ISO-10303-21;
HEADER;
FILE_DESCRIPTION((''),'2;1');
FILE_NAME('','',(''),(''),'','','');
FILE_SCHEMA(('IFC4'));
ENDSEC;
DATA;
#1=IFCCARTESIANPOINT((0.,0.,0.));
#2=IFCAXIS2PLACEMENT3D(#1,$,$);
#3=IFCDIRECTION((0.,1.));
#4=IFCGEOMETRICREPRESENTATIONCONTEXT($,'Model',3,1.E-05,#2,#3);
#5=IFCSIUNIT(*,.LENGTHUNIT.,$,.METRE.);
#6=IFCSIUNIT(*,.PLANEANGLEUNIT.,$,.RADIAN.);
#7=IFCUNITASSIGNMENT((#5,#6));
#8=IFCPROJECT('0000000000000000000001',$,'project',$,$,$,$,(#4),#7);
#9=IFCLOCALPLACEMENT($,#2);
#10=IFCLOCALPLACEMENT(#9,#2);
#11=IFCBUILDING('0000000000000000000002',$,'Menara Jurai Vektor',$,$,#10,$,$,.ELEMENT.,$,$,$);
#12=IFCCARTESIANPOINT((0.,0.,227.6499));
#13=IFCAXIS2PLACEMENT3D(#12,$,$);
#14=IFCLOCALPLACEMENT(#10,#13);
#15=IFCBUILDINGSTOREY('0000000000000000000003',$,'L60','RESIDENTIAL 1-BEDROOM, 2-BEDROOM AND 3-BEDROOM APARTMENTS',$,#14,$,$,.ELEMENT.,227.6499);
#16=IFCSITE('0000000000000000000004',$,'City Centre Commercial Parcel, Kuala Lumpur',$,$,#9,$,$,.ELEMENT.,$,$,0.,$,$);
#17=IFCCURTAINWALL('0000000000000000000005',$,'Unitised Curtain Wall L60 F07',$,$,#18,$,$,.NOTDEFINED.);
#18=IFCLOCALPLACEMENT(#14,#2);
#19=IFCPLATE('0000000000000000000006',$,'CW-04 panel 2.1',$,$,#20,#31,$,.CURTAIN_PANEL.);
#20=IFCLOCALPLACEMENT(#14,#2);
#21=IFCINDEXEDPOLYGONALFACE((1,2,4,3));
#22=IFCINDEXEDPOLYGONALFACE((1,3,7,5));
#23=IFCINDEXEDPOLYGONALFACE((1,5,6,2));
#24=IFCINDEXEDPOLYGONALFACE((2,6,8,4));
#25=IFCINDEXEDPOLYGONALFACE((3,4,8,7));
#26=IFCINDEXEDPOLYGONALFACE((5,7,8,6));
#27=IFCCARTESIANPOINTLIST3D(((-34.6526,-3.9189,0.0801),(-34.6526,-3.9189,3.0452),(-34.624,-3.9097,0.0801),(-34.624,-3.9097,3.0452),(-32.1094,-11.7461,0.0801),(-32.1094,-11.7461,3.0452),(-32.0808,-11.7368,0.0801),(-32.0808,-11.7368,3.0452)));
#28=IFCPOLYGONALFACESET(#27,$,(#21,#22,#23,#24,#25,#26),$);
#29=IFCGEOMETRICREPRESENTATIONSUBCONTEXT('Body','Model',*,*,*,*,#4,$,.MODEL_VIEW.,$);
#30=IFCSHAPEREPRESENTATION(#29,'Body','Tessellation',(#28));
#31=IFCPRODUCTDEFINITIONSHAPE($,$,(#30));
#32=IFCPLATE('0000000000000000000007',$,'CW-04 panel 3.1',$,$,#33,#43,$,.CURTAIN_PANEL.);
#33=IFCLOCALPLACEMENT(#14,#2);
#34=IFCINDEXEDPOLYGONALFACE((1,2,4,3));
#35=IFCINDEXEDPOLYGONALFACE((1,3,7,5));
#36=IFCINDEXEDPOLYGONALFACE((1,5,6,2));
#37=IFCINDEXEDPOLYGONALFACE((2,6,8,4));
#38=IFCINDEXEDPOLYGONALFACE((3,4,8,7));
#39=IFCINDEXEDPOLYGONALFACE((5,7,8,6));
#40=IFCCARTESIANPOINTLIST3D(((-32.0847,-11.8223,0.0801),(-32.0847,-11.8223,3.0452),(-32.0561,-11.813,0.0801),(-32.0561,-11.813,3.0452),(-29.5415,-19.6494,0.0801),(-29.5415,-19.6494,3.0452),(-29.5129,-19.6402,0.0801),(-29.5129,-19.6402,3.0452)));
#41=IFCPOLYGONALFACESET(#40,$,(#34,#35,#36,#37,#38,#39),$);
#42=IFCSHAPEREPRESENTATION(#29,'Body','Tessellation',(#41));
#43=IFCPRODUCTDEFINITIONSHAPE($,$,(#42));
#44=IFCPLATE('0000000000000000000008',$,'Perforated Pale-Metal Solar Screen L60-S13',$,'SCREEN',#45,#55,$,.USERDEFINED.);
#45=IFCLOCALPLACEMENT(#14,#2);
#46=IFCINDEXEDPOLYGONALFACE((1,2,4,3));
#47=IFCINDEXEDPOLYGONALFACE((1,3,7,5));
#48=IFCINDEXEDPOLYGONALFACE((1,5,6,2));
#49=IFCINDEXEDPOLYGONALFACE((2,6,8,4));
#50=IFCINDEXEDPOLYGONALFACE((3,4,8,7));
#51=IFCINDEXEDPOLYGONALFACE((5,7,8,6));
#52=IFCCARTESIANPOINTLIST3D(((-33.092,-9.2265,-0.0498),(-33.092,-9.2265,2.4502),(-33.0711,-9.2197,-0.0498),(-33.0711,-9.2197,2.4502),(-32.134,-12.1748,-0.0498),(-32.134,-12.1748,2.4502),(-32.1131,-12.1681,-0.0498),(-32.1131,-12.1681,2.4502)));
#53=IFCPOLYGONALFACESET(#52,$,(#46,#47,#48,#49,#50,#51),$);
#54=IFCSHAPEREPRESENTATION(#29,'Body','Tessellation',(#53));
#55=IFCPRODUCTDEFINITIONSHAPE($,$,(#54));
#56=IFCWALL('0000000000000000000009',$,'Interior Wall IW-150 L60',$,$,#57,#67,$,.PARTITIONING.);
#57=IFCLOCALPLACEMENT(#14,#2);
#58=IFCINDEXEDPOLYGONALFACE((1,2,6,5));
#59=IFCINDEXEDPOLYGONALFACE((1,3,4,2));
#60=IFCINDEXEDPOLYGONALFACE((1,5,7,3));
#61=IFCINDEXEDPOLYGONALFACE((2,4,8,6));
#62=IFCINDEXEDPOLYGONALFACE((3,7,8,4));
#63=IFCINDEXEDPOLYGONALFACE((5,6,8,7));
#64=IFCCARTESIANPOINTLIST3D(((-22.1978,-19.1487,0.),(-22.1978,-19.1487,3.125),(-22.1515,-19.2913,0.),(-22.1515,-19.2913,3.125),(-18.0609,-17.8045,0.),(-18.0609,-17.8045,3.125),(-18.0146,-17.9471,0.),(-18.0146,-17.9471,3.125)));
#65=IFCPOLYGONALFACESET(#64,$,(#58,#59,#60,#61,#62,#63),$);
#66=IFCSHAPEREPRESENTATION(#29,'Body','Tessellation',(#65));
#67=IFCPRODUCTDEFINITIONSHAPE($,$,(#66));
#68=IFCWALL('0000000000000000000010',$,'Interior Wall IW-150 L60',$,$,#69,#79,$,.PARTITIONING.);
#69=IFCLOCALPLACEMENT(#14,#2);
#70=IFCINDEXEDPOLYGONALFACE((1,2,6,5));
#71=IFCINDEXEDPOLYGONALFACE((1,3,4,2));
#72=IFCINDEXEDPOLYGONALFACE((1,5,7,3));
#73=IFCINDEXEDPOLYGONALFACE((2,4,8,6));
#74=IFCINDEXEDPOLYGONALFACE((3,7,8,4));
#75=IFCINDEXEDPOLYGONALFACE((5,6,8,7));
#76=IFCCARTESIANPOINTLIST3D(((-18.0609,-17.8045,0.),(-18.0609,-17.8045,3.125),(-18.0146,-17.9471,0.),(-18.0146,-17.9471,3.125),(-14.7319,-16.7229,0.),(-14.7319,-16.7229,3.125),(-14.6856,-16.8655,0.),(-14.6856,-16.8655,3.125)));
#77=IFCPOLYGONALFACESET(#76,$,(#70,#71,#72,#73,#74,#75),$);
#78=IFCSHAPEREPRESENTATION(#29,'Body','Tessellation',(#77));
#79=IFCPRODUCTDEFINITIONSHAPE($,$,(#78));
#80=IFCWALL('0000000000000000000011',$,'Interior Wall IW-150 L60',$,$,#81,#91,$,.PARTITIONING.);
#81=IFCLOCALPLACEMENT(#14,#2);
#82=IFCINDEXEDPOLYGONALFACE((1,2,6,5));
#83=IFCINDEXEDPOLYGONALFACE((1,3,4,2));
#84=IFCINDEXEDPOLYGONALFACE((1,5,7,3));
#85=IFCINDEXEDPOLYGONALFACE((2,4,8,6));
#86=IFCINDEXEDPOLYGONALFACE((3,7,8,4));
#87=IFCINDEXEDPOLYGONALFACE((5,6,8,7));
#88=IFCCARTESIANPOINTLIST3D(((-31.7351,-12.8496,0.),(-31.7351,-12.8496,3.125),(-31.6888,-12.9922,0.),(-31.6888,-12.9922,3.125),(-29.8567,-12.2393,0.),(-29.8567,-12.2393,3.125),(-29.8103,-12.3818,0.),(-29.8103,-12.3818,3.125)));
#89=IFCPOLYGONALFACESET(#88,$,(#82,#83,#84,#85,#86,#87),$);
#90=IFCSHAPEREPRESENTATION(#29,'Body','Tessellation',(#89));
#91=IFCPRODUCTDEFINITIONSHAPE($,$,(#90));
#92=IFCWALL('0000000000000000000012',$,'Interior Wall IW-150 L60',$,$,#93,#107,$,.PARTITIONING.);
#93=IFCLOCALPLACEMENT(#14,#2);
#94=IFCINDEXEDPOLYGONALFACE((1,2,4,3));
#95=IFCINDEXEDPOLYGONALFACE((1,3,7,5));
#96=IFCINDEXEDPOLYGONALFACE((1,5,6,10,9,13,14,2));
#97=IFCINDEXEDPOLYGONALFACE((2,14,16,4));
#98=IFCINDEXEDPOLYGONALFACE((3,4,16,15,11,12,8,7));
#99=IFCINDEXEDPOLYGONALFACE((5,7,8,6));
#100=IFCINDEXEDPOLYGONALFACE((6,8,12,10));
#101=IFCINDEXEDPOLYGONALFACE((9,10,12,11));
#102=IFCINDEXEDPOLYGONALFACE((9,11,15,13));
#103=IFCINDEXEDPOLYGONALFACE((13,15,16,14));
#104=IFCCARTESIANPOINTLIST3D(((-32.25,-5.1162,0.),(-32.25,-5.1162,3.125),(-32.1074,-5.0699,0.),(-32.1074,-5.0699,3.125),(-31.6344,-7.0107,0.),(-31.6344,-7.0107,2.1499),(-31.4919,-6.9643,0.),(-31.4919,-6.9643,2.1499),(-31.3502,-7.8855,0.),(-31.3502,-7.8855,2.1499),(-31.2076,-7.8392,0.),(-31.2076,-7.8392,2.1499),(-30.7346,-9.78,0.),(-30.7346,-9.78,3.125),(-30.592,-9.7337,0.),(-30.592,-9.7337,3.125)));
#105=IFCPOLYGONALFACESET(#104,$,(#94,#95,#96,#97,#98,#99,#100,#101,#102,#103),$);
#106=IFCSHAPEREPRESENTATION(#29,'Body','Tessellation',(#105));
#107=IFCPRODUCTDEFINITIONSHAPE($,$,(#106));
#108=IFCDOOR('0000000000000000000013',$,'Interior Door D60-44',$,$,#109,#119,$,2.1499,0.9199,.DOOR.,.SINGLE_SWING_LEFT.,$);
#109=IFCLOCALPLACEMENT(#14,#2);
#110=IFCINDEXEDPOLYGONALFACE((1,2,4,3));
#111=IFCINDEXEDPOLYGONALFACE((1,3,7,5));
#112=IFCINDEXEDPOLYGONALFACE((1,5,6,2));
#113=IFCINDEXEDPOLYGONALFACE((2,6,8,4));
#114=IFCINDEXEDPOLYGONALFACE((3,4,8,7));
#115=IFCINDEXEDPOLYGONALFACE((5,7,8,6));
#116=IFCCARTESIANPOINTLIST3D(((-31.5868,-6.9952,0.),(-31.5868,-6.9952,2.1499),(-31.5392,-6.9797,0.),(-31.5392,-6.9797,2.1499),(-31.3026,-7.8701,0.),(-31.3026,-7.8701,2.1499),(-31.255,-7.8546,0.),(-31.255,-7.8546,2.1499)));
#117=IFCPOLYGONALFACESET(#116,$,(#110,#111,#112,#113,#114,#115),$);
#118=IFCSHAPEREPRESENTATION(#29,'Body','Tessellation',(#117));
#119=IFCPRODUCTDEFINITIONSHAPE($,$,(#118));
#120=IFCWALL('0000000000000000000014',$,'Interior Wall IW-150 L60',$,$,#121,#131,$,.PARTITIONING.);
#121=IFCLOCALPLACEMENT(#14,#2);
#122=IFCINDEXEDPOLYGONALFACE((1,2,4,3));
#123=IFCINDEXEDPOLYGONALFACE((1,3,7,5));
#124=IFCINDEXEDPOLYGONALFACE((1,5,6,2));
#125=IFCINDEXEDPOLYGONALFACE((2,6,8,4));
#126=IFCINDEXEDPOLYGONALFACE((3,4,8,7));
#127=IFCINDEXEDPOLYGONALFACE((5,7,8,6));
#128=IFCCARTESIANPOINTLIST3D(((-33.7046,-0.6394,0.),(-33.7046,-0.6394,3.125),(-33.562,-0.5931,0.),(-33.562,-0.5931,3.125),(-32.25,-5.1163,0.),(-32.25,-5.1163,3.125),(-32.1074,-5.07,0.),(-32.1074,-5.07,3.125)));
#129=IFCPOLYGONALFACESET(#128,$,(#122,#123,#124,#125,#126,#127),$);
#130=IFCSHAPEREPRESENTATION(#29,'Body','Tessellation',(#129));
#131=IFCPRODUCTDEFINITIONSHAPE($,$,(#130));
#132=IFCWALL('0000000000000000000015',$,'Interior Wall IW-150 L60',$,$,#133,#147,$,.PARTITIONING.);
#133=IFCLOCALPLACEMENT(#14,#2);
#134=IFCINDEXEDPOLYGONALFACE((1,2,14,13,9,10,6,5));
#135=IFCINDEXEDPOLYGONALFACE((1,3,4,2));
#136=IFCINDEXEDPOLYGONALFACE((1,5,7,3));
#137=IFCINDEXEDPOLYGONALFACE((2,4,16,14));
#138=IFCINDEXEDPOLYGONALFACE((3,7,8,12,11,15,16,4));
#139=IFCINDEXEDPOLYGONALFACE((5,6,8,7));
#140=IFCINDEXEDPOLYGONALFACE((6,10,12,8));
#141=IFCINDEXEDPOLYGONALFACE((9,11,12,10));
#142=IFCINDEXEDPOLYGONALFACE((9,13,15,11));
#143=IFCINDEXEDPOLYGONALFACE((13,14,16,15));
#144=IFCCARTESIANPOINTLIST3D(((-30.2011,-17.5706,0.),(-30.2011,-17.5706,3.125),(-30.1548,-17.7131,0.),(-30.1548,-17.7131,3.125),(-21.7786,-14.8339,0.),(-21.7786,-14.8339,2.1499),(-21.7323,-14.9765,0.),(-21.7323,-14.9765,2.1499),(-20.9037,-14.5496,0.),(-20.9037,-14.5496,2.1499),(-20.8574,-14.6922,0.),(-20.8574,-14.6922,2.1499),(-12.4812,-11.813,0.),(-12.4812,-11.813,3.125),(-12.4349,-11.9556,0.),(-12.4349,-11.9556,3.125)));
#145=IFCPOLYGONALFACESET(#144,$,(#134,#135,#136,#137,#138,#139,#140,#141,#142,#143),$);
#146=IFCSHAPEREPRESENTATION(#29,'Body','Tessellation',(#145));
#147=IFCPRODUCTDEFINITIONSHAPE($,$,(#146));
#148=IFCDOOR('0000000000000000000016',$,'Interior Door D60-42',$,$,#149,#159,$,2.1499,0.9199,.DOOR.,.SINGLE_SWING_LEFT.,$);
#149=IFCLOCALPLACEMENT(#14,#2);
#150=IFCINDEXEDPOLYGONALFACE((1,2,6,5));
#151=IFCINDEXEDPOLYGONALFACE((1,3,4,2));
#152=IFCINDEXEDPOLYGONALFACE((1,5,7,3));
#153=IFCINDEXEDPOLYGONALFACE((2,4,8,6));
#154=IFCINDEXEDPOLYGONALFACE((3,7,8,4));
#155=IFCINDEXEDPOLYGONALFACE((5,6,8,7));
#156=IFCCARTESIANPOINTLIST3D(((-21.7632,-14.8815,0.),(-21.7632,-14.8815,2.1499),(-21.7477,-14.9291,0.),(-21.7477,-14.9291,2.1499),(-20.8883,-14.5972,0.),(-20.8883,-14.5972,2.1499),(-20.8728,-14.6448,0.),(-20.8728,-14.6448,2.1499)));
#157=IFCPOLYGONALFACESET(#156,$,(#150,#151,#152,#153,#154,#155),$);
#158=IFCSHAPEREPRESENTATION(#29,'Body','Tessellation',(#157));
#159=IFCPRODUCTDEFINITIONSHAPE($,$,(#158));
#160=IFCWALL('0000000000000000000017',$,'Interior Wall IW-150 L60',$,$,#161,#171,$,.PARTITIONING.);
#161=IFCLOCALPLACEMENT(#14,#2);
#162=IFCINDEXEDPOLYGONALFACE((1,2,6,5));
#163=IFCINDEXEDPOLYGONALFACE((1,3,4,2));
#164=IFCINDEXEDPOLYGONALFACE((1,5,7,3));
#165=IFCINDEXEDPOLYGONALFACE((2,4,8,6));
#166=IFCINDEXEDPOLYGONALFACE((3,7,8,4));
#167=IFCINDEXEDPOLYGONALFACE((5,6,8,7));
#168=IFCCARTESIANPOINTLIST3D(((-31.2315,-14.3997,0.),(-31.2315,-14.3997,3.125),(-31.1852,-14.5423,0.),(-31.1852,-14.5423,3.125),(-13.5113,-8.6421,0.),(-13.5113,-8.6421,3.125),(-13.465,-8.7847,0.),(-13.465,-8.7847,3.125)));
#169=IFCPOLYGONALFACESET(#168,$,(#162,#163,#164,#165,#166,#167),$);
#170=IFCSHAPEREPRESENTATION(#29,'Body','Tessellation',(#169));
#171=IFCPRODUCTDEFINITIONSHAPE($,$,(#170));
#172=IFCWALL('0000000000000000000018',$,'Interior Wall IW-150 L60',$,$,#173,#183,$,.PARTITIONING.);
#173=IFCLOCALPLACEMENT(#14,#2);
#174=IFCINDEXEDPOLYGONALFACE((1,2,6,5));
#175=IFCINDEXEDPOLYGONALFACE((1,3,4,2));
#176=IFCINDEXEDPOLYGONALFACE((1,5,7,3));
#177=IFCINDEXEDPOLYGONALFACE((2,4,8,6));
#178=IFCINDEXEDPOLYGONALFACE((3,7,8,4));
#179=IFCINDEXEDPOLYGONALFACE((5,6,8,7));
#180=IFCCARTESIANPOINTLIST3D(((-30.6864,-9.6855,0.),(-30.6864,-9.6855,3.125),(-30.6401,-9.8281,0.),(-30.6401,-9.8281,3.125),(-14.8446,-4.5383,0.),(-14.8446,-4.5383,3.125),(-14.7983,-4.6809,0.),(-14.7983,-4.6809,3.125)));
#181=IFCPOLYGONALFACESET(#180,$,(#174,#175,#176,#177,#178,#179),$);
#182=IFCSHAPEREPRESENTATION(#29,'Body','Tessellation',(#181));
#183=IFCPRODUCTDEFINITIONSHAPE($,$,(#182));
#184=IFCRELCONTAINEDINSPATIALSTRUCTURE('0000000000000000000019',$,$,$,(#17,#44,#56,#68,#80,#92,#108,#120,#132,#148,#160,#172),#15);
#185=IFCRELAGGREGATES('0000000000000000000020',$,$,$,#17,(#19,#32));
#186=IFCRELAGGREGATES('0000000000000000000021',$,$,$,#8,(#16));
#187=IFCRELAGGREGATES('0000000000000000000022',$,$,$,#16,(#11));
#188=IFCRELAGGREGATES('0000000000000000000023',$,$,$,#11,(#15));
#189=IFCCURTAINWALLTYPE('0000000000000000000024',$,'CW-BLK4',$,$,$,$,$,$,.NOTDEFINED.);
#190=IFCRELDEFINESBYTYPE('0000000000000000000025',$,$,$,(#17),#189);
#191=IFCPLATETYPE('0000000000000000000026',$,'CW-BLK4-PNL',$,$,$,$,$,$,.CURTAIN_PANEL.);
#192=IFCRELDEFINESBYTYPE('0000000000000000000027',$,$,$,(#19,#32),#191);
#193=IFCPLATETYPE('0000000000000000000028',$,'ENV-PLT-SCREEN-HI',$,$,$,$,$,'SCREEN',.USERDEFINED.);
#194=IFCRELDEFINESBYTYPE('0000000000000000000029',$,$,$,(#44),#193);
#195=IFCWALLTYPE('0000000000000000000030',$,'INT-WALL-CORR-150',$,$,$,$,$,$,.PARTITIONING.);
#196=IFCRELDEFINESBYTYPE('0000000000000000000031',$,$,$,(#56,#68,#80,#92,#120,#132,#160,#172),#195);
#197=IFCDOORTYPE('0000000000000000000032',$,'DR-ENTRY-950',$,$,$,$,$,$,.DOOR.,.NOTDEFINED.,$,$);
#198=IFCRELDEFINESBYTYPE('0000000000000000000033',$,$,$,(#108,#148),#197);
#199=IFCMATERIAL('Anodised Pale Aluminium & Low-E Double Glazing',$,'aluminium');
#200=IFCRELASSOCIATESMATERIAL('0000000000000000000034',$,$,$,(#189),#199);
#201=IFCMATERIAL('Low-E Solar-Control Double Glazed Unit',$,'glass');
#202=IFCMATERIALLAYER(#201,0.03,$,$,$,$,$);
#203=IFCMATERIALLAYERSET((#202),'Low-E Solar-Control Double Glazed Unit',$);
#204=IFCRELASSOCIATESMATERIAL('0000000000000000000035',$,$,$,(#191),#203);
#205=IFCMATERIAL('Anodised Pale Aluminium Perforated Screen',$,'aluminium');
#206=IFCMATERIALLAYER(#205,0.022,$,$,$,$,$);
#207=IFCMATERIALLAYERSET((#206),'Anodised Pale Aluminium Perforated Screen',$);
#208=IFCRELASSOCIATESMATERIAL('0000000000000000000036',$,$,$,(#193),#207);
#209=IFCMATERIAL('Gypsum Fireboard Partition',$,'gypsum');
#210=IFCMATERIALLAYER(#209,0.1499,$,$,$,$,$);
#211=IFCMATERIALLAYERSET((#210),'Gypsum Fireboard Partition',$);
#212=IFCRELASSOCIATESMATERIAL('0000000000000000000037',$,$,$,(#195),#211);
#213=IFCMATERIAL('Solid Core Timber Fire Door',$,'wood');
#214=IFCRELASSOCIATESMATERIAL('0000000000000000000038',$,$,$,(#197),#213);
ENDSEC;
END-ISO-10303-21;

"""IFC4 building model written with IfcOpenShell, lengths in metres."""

from ifc_helpers import new_model, si_unit, direction, frame, frame_2d, origin, origin_2d, place, context, subcontext, project, spatial, rectangle, extrude, material, layer, layer_set, type_object, element, fill, aggregate, save


model = new_model("IFC4")

# Units and contexts
model_context = context("Model", 3, precision=1e-05, world=origin(), true_north=direction((0.0, 1.0)))
body_context = subcontext(model_context, "Body", "Model", "MODEL_VIEW")
ifc_project = project(units=[si_unit("LENGTHUNIT", "METRE"), si_unit("PLANEANGLEUNIT", "RADIAN")], contexts=[model_context])

# Site, building, storey
site_placement = place(None, origin())
site = spatial("IfcSite", under=ifc_project, at=site_placement, Name="City Centre Commercial Parcel, Kuala Lumpur", CompositionType="ELEMENT", RefElevation=0.0)
building_placement = place(site_placement, origin())
building = spatial("IfcBuilding", under=site, at=building_placement, Name="Menara Jurai Vektor", CompositionType="ELEMENT")
storey_placement = place(building_placement, frame((0.0, 0.0, 227.6499)))
storey = spatial("IfcBuildingStorey", under=building, at=storey_placement, Name="L60", Description="RESIDENTIAL 1-BEDROOM, 2-BEDROOM AND 3-BEDROOM APARTMENTS", CompositionType="ELEMENT", Elevation=227.6499)

# Curtain wall
ifc_material_1 = material(Name="Anodised Pale Aluminium & Low-E Double Glazing", Category="aluminium")
curtain_wall_type = type_object("IfcCurtainWallType", Name="CW-BLK4", PredefinedType="NOTDEFINED", material=ifc_material_1)
curtain_wall_placement = place(storey_placement, origin())
curtain_wall = element("IfcCurtainWall", 1, at=curtain_wall_placement, inside=storey, type_object=curtain_wall_type, Name="Unitised Curtain Wall L60 F07", PredefinedType="NOTDEFINED")

# Plates
ifc_material_2 = material(Name="Low-E Solar-Control Double Glazed Unit", Category="glass")
ifc_layer_1 = layer(ifc_material_2, 0.03)
ifc_layer_set_1 = layer_set([ifc_layer_1], Name="Low-E Solar-Control Double Glazed Unit")
plate_type_1 = type_object("IfcPlateType", Name="CW-BLK4-PNL", PredefinedType="CURTAIN_PANEL", material=ifc_layer_set_1)
plate_1_placement = place(storey_placement, frame((-33.3667, -7.8279, 0.0801), z_axis=(0.0, 0.0, 1.0), x_axis=(0.309016, -0.951057, 0.0)))
plate_1 = element("IfcPlate", 2, at=plate_1_placement, type_object=plate_type_1, Name="CW-04 panel 2.1", PredefinedType="CURTAIN_PANEL", context=body_context, shape_type="SweptSolid", body=[
    extrude(rectangle(XDim=8.23, YDim=0.03, at=origin_2d()), origin(), (0.0, 0.0, 1.0), 2.9651),
])
plate_2_placement = place(storey_placement, frame((-30.7988, -15.7312, 0.0801), z_axis=(0.0, 0.0, 1.0), x_axis=(0.309016, -0.951057, 0.0)))
plate_2 = element("IfcPlate", 3, at=plate_2_placement, type_object=plate_type_1, Name="CW-04 panel 3.1", PredefinedType="CURTAIN_PANEL", context=body_context, shape_type="SweptSolid", body=[
    extrude(rectangle(XDim=8.23, YDim=0.03, at=origin_2d()), origin(), (0.0, 0.0, 1.0), 2.9651),
])
aggregate(curtain_wall, [plate_1, plate_2])
ifc_material_3 = material(Name="Anodised Pale Aluminium Perforated Screen", Category="aluminium")
ifc_layer_2 = layer(ifc_material_3, 0.022)
ifc_layer_set_2 = layer_set([ifc_layer_2], Name="Anodised Pale Aluminium Perforated Screen")
plate_type_2 = type_object("IfcPlateType", Name="ENV-PLT-SCREEN-HI", ElementType="SCREEN", PredefinedType="USERDEFINED", material=ifc_layer_set_2)
plate_3_placement = place(storey_placement, frame((-32.6025, -10.6973, -0.0498), z_axis=(0.0, 0.0, 1.0), x_axis=(0.309017, -0.951057, 0.0)))
element("IfcPlate", 4, at=plate_3_placement, inside=storey, type_object=plate_type_2, Name="Perforated Pale-Metal Solar Screen L60-S13", ObjectType="SCREEN", PredefinedType="USERDEFINED", context=body_context, shape_type="SweptSolid", body=[
    extrude(rectangle(XDim=3.1001, YDim=0.022, at=origin_2d()), origin(), (0.0, 0.0, 1.0), 2.5),
])

# Walls
ifc_material_4 = material(Name="Gypsum Fireboard Partition", Category="gypsum")
ifc_layer_3 = layer(ifc_material_4, 0.1499)
ifc_layer_set_3 = layer_set([ifc_layer_3], Name="Gypsum Fireboard Partition")
wall_type = type_object("IfcWallType", Name="INT-WALL-CORR-150", PredefinedType="PARTITIONING", material=ifc_layer_set_3)
wall_1_placement = place(storey_placement, frame((-22.1746, -19.22, 0.0), z_axis=(0.0, 0.0, 1.0), x_axis=(0.951053, 0.309029, 0.0)))
element("IfcWall", 5, at=wall_1_placement, inside=storey, type_object=wall_type, Name="Interior Wall IW-150 L60", PredefinedType="PARTITIONING", context=body_context, shape_type="SweptSolid", body=[
    extrude(rectangle(XDim=4.3499, YDim=0.1499, at=frame_2d((2.1748, 0.0))), origin(), (0.0, 0.0, 1.0), 3.125),
])
wall_2_placement = place(storey_placement, frame((-18.0376, -17.8757, 0.0), z_axis=(0.0, 0.0, 1.0), x_axis=(0.951062, 0.308999, 0.0)))
element("IfcWall", 6, at=wall_2_placement, inside=storey, type_object=wall_type, Name="Interior Wall IW-150 L60", PredefinedType="PARTITIONING", context=body_context, shape_type="SweptSolid", body=[
    extrude(rectangle(XDim=3.5002, YDim=0.1499, at=frame_2d((1.75, 0.0))), origin(), (0.0, 0.0, 1.0), 3.125),
])
wall_3_placement = place(storey_placement, frame((-31.7119, -12.9209, 0.0), z_axis=(0.0, 0.0, 1.0), x_axis=(0.951054, 0.309025, 0.0)))
element("IfcWall", 7, at=wall_3_placement, inside=storey, type_object=wall_type, Name="Interior Wall IW-150 L60", PredefinedType="PARTITIONING", context=body_context, shape_type="SweptSolid", body=[
    extrude(rectangle(XDim=1.9751, YDim=0.1499, at=frame_2d((0.9875, 0.0))), origin(), (0.0, 0.0, 1.0), 3.125),
])

# Wall, opening, door
ifc_material_5 = material(Name="Solid Core Timber Fire Door", Category="wood")
door_type = type_object("IfcDoorType", Name="DR-ENTRY-950", OperationType="NOTDEFINED", PredefinedType="DOOR", material=ifc_material_5)
wall_4_placement = place(storey_placement, frame((-30.6633, -9.7568, 0.0), z_axis=(0.0, 0.0, 1.0), x_axis=(-0.30902, 0.951056, 0.0)))
wall_4 = element("IfcWall", 8, at=wall_4_placement, inside=storey, type_object=wall_type, Name="Interior Wall IW-150 L60", PredefinedType="PARTITIONING", context=body_context, shape_type="SweptSolid", body=[
    extrude(rectangle(XDim=4.9038, YDim=0.1499, at=frame_2d((2.4519, 0.0))), origin(), (0.0, 0.0, 1.0), 3.125),
])
opening_1_placement = place(wall_4_placement, frame((1.9919, 0.0, 0.0)))
opening_1 = element("IfcOpeningElement", 9, at=opening_1_placement, cuts=wall_4, PredefinedType="OPENING", context=body_context, shape_type="SweptSolid", body=[
    extrude(rectangle(XDim=0.9199, YDim=2.1499, at=frame_2d((0.46, 1.075))), frame((0.0, 0.085, 0.0), z_axis=(0.0, -1.0, 0.0), x_axis=(1.0, 0.0, 0.0)), (0.0, 0.0, 1.0), 0.1699),
])
door_1_placement = place(opening_1_placement, origin())
door_1 = element("IfcDoor", 10, at=door_1_placement, inside=storey, type_object=door_type, Name="Interior Door D60-44", OperationType="SINGLE_SWING_LEFT", OverallHeight=2.1499, OverallWidth=0.9199, PredefinedType="DOOR", context=body_context, shape_type="SweptSolid", body=[
    extrude(rectangle(XDim=0.9199, YDim=2.1499, at=frame_2d((0.46, 1.075))), frame((0.0, 0.0249, 0.0), z_axis=(0.0, -1.0, 0.0), x_axis=(1.0, 0.0, 0.0)), (0.0, 0.0, 1.0), 0.05),
])
fill(opening_1, door_1)

# Wall
wall_5_placement = place(storey_placement, frame((-32.1787, -5.093, 0.0), z_axis=(0.0, 0.0, 1.0), x_axis=(-0.309015, 0.951057, 0.0)))
element("IfcWall", 11, at=wall_5_placement, inside=storey, type_object=wall_type, Name="Interior Wall IW-150 L60", PredefinedType="PARTITIONING", context=body_context, shape_type="SweptSolid", body=[
    extrude(rectangle(XDim=4.7073, YDim=0.1499, at=frame_2d((2.3535, 0.0))), origin(), (0.0, 0.0, 1.0), 3.125),
])

# Wall, opening, door
wall_6_placement = place(storey_placement, frame((-30.178, -17.6418, 0.0), z_axis=(0.0, 0.0, 1.0), x_axis=(0.951057, 0.309017, 0.0)))
wall_6 = element("IfcWall", 12, at=wall_6_placement, inside=storey, type_object=wall_type, Name="Interior Wall IW-150 L60", PredefinedType="PARTITIONING", context=body_context, shape_type="SweptSolid", body=[
    extrude(rectangle(XDim=18.6318, YDim=0.1499, at=frame_2d((9.3159, 0.0))), origin(), (0.0, 0.0, 1.0), 3.125),
])
opening_2_placement = place(wall_6_placement, frame((8.856, 0.0, 0.0)))
opening_2 = element("IfcOpeningElement", 13, at=opening_2_placement, cuts=wall_6, PredefinedType="OPENING", context=body_context, shape_type="SweptSolid", body=[
    extrude(rectangle(XDim=0.9199, YDim=2.1499, at=frame_2d((0.46, 1.075))), frame((0.0, 0.085, 0.0), z_axis=(0.0, -1.0, 0.0), x_axis=(1.0, 0.0, 0.0)), (0.0, 0.0, 1.0), 0.1699),
])
door_2_placement = place(opening_2_placement, origin())
door_2 = element("IfcDoor", 14, at=door_2_placement, inside=storey, type_object=door_type, Name="Interior Door D60-42", OperationType="SINGLE_SWING_LEFT", OverallHeight=2.1499, OverallWidth=0.9199, PredefinedType="DOOR", context=body_context, shape_type="SweptSolid", body=[
    extrude(rectangle(XDim=0.9199, YDim=2.1499, at=frame_2d((0.46, 1.075))), frame((0.0, 0.0249, 0.0), z_axis=(0.0, -1.0, 0.0), x_axis=(1.0, 0.0, 0.0)), (0.0, 0.0, 1.0), 0.05),
])
fill(opening_2, door_2)

# Walls
wall_7_placement = place(storey_placement, frame((-31.2083, -14.4709, 0.0), z_axis=(0.0, 0.0, 1.0), x_axis=(0.951058, 0.309013, 0.0)))
element("IfcWall", 15, at=wall_7_placement, inside=storey, type_object=wall_type, Name="Interior Wall IW-150 L60", PredefinedType="PARTITIONING", context=body_context, shape_type="SweptSolid", body=[
    extrude(rectangle(XDim=18.6321, YDim=0.1499, at=frame_2d((9.3159, 0.0))), origin(), (0.0, 0.0, 1.0), 3.125),
])
for number, where, z_axis, x_axis, name in (
    (16, (-30.6633, -9.7568, 0.0), (0.0, 0.0, 1.0), (0.951058, 0.309012, 0.0), "Interior Wall IW-150 L60"),
):
    element("IfcWall", number, at=place(storey_placement, frame(where, z_axis=z_axis, x_axis=x_axis)), inside=storey, type_object=wall_type, Name=name, PredefinedType="PARTITIONING", context=body_context, shape_type="SweptSolid", body=[
        extrude(rectangle(XDim=16.657, YDim=0.1499, at=frame_2d((8.3286, 0.0))), origin(), (0.0, 0.0, 1.0), 3.125),
    ])

save(model, "model.ifc")
